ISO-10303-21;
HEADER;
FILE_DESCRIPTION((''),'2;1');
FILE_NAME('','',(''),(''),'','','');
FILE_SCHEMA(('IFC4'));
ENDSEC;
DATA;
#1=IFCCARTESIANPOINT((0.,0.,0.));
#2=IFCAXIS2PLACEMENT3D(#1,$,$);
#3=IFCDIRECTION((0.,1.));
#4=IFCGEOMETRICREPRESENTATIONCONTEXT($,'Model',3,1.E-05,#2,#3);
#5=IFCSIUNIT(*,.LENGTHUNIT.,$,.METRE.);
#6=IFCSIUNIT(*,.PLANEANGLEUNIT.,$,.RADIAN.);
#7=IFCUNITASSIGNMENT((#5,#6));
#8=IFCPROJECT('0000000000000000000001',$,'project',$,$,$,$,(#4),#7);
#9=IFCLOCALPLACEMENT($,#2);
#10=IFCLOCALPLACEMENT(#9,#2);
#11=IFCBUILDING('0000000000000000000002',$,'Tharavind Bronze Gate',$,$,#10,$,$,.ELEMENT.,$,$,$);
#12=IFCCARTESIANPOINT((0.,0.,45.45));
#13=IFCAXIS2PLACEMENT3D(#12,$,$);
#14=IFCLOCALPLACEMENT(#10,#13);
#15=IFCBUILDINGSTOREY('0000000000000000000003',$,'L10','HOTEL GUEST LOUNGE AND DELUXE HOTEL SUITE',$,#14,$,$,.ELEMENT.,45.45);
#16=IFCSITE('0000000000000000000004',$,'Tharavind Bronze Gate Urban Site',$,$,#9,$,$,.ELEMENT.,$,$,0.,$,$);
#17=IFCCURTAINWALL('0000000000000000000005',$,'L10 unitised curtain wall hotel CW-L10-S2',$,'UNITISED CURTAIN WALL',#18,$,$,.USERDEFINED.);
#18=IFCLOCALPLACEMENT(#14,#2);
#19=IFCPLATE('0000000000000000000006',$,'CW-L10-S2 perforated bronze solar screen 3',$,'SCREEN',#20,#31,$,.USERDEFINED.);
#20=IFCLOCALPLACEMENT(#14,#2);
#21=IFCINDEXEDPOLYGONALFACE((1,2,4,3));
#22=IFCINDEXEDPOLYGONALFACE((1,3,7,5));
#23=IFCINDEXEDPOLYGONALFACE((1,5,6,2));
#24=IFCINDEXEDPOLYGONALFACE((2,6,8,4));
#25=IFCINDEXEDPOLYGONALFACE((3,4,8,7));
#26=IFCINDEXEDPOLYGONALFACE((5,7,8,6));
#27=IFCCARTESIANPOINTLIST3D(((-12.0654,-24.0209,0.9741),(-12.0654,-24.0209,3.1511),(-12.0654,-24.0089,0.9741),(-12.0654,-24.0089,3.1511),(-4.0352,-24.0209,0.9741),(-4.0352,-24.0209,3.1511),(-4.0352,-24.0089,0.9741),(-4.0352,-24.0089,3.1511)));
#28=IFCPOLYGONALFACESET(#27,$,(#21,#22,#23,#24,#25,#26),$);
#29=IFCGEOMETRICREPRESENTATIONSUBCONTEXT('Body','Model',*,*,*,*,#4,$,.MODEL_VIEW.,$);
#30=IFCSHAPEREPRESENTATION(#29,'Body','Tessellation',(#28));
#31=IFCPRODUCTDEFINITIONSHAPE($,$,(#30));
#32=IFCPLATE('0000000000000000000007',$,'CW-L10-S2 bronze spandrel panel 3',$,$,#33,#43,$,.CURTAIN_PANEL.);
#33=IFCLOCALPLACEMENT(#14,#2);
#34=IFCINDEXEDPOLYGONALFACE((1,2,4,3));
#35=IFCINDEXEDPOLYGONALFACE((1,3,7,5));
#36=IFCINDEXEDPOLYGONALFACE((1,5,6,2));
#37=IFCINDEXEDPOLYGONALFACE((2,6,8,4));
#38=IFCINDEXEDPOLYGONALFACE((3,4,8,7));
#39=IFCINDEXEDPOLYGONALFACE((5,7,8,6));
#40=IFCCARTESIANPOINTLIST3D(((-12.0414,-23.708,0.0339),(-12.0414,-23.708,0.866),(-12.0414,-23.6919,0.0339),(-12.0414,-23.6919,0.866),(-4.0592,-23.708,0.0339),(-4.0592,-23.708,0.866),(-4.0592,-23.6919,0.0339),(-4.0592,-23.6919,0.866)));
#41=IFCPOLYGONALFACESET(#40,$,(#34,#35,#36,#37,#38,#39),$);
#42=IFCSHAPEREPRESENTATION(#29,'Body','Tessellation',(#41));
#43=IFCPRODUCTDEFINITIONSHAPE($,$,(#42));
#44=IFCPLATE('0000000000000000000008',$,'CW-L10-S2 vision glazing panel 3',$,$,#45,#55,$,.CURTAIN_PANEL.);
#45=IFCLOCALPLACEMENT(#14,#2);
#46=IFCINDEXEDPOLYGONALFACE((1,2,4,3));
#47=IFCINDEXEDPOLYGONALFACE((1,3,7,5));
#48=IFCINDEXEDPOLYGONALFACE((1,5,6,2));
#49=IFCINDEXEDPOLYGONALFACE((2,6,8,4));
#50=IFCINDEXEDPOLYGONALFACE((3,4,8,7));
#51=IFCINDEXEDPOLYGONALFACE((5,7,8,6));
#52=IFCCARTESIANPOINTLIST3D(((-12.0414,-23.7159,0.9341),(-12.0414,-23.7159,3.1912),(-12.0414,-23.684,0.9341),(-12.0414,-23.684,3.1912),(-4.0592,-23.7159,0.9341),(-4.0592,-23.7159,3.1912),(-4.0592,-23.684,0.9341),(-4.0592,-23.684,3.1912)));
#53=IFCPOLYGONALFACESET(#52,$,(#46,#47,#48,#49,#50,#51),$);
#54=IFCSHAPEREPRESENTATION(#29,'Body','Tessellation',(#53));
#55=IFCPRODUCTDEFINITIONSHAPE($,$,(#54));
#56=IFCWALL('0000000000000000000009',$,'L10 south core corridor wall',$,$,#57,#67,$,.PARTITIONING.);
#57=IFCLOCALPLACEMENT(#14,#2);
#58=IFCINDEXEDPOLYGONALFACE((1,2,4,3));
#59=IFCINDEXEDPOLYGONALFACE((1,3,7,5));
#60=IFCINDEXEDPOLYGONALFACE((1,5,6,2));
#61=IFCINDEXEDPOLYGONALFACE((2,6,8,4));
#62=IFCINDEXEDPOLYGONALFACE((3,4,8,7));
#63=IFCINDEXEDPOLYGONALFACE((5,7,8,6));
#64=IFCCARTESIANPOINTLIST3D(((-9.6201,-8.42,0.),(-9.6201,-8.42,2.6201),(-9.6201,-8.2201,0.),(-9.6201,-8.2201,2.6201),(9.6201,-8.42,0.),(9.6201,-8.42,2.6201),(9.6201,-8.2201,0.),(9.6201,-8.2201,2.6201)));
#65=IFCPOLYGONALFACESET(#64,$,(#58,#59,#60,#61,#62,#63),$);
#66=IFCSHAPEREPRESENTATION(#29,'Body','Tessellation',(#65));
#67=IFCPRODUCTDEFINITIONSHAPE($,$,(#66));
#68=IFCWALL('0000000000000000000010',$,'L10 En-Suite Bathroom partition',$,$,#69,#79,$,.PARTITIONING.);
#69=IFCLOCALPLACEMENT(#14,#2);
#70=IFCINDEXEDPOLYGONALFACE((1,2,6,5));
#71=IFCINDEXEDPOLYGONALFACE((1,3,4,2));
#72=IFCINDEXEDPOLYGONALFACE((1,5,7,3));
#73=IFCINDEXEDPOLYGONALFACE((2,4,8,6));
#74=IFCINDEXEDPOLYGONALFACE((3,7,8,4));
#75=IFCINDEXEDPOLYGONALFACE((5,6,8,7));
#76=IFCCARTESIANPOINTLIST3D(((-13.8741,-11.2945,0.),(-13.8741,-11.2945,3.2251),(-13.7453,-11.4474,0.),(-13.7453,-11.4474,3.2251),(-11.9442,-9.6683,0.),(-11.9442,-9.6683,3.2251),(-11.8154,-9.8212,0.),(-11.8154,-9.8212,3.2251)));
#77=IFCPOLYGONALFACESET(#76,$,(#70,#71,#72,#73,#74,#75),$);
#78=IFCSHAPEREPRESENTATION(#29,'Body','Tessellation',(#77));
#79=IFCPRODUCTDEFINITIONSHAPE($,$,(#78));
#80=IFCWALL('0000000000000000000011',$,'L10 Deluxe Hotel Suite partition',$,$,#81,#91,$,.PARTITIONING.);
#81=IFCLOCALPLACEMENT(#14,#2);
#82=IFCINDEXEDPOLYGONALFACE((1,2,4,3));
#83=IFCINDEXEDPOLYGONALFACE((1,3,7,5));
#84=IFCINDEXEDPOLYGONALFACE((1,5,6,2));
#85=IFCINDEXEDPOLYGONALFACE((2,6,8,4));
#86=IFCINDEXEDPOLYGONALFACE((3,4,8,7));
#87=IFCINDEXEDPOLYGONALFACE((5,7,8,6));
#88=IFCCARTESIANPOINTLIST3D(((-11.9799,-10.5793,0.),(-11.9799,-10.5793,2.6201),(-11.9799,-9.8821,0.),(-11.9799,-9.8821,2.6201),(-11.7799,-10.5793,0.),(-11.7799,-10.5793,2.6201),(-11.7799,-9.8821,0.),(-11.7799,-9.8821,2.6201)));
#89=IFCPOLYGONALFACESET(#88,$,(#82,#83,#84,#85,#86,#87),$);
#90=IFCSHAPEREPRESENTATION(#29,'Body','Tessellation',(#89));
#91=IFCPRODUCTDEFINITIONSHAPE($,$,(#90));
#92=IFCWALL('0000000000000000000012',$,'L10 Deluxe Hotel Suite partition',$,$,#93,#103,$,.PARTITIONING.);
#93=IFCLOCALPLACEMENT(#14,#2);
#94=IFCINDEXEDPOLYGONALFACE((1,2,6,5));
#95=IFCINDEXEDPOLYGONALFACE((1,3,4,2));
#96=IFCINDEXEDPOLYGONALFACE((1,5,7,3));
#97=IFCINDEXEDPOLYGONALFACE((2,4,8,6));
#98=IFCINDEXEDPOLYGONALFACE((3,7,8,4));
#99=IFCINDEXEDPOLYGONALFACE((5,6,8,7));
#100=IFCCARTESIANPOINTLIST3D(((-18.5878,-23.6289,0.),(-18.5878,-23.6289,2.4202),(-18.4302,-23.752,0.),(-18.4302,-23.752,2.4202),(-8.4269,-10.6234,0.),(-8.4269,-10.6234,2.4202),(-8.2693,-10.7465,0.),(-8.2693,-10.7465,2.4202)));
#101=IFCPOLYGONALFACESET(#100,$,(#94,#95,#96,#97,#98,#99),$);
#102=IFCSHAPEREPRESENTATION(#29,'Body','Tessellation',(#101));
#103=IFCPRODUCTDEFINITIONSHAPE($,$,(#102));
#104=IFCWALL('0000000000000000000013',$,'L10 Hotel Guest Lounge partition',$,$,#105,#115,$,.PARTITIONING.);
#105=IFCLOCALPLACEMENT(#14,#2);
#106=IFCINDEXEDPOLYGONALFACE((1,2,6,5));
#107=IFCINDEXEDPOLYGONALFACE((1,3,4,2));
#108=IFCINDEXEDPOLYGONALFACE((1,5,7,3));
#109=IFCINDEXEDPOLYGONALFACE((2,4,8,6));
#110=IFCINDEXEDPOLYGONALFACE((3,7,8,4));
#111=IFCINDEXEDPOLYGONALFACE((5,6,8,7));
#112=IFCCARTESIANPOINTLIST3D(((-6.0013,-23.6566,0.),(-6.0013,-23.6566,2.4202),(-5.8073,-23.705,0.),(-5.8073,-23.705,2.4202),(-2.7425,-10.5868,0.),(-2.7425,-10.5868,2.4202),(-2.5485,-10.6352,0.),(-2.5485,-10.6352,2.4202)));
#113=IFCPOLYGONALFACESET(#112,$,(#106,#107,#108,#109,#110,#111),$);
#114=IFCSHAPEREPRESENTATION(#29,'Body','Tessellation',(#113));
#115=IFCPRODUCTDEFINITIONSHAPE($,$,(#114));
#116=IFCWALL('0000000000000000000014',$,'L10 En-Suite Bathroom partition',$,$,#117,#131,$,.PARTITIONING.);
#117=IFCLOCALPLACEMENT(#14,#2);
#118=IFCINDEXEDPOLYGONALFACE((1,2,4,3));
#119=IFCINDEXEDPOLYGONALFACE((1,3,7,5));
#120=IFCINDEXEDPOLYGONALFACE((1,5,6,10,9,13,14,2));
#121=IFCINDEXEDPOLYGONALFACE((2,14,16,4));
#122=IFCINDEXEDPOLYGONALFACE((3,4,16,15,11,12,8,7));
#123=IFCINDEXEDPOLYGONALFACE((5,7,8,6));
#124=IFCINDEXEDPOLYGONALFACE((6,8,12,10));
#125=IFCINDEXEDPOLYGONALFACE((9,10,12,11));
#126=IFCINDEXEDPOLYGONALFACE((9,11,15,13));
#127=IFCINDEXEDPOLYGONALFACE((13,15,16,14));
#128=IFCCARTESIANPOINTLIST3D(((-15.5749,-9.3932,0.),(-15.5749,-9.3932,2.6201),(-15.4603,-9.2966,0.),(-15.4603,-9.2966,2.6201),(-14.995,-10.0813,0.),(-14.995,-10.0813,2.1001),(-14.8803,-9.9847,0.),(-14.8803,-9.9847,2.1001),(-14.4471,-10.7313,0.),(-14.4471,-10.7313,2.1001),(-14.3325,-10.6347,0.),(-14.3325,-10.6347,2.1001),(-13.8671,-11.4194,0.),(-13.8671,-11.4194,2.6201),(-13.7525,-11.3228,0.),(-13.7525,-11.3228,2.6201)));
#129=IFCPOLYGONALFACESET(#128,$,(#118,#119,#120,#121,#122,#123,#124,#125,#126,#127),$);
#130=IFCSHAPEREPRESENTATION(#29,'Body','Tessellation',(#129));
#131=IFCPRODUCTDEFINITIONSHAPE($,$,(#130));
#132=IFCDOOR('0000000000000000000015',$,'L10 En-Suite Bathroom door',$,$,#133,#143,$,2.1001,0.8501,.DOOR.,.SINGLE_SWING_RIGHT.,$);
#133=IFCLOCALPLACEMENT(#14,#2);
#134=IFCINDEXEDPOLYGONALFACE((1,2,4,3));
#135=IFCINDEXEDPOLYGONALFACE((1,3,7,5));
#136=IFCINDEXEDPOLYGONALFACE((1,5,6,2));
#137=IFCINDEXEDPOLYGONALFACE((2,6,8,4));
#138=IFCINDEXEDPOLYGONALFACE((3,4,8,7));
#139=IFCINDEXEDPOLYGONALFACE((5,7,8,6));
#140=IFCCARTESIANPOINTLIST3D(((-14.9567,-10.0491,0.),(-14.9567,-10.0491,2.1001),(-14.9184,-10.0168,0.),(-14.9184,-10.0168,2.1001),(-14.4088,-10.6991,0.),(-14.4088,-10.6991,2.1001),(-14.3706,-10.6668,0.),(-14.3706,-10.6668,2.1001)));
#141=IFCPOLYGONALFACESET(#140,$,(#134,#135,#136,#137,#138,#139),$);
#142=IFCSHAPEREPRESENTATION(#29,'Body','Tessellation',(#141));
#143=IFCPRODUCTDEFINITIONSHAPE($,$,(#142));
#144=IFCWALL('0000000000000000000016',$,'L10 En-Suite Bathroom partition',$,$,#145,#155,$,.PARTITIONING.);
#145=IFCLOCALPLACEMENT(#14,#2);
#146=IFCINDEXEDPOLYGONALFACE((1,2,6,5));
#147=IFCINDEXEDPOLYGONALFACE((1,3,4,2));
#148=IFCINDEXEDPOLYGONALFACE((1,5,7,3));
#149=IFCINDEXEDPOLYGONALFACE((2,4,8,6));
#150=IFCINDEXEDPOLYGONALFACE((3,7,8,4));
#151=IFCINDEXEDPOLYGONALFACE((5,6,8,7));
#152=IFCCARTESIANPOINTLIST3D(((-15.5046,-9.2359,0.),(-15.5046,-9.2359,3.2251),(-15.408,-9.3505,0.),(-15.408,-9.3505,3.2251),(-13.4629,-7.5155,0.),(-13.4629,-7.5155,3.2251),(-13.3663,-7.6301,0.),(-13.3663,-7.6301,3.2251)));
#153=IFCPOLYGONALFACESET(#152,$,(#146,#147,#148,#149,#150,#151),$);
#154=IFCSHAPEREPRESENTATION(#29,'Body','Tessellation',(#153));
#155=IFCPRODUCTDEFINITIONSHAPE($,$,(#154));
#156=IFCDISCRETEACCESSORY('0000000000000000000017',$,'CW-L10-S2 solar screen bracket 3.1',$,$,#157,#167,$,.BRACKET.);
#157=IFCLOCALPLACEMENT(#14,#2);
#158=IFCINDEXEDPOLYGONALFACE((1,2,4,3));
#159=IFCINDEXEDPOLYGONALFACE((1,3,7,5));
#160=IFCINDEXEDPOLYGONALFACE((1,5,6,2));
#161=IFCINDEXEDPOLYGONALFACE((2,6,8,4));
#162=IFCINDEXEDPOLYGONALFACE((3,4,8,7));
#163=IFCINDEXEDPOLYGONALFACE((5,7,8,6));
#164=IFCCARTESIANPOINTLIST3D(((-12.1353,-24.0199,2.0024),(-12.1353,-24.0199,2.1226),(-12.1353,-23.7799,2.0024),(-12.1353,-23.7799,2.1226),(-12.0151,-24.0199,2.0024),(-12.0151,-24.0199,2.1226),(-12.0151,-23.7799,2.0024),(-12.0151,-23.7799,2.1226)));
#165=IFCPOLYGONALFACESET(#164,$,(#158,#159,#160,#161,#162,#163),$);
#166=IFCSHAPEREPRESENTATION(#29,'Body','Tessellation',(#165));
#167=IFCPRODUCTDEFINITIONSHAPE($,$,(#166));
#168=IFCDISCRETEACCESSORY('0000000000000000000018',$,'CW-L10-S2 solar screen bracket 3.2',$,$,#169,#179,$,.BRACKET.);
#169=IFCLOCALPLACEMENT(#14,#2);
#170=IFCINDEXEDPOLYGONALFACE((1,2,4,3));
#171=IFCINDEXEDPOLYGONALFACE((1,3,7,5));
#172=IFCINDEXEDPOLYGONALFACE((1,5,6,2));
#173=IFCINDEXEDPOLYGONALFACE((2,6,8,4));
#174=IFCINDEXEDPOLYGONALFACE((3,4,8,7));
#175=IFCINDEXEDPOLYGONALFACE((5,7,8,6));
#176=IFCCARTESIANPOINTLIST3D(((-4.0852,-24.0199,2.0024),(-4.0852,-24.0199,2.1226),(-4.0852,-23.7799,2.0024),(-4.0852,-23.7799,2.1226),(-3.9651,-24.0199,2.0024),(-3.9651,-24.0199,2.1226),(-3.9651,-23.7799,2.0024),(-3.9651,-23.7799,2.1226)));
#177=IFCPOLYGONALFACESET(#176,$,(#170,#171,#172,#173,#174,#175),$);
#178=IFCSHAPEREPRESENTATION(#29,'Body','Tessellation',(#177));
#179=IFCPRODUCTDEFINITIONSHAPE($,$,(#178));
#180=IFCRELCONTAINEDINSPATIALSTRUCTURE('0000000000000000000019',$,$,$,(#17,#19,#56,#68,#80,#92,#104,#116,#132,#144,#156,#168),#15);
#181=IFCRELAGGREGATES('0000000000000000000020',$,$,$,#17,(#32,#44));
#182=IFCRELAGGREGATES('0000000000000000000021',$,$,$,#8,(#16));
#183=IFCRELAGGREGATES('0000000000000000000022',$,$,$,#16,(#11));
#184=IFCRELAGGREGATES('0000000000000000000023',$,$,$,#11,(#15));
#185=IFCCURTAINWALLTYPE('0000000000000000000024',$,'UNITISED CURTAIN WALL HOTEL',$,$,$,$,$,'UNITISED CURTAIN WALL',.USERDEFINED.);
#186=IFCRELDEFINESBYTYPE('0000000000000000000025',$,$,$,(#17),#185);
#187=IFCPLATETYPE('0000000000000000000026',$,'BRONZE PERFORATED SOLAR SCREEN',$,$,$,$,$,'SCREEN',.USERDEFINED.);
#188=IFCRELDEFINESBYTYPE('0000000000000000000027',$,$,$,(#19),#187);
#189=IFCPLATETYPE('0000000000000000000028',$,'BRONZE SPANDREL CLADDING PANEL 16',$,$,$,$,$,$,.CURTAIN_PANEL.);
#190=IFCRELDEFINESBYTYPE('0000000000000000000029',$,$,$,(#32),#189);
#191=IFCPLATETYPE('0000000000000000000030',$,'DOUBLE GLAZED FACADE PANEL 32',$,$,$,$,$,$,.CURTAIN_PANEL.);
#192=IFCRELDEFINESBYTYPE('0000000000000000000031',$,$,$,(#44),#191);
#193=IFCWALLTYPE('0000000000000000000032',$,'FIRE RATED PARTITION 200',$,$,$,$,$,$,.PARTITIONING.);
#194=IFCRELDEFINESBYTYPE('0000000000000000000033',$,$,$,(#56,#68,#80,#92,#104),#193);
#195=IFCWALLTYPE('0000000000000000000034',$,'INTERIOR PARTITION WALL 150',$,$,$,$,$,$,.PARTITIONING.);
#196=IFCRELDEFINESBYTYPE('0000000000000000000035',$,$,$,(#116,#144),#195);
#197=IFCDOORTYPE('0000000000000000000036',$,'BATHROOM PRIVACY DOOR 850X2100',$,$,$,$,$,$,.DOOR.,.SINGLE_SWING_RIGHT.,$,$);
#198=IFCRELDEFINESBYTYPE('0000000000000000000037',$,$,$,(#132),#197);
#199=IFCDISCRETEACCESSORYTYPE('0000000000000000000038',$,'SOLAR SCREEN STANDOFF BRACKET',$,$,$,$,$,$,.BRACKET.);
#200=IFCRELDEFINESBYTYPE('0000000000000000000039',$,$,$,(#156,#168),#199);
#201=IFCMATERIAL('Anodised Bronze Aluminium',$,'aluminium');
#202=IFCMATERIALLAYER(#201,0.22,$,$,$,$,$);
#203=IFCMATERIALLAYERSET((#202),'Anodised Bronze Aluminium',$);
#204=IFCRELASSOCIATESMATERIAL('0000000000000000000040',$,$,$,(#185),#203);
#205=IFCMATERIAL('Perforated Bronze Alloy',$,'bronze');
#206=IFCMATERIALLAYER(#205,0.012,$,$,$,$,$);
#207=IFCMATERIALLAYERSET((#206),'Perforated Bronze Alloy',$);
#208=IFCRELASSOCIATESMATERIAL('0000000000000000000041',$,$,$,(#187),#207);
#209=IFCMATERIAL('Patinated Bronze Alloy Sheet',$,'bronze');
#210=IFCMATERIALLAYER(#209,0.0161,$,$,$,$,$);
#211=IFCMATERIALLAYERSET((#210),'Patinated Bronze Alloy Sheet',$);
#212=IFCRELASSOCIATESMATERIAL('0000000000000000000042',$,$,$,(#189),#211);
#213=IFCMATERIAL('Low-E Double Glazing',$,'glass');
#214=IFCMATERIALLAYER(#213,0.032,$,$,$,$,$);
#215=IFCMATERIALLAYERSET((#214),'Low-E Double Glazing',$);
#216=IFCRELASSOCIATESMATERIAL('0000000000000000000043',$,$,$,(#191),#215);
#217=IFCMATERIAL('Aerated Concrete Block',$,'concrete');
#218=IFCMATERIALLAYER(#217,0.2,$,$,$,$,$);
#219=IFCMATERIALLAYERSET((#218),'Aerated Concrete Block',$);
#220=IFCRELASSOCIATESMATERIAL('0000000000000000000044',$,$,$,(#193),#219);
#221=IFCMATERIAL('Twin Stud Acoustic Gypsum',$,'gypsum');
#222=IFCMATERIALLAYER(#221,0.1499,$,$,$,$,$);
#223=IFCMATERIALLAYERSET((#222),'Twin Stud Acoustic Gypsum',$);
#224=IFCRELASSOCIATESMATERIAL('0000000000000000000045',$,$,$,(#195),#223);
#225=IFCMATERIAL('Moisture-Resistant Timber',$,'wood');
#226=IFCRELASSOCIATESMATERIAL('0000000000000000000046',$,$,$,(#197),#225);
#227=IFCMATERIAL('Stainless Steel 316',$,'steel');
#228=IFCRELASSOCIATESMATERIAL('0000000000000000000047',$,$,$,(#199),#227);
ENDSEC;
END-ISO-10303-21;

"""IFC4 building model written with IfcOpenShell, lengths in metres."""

from ifc_helpers import new_model, si_unit, direction, frame, frame_2d, origin, origin_2d, place, context, subcontext, project, spatial, rectangle, extrude, material, layer, layer_set, type_object, element, fill, aggregate, save


model = new_model("IFC4")

# Units and contexts
model_context = context("Model", 3, precision=1e-05, world=origin(), true_north=direction((0.0, 1.0)))
body_context = subcontext(model_context, "Body", "Model", "MODEL_VIEW")
ifc_project = project(units=[si_unit("LENGTHUNIT", "METRE"), si_unit("PLANEANGLEUNIT", "RADIAN")], contexts=[model_context])

# Site, building, storey
site_placement = place(None, origin())
site = spatial("IfcSite", under=ifc_project, at=site_placement, Name="Tharavind Bronze Gate Urban Site", CompositionType="ELEMENT", RefElevation=0.0)
building_placement = place(site_placement, origin())
building = spatial("IfcBuilding", under=site, at=building_placement, Name="Tharavind Bronze Gate", CompositionType="ELEMENT")
storey_placement = place(building_placement, frame((0.0, 0.0, 45.45)))
storey = spatial("IfcBuildingStorey", under=building, at=storey_placement, Name="L10", Description="HOTEL GUEST LOUNGE AND DELUXE HOTEL SUITE", CompositionType="ELEMENT", Elevation=45.45)

# Curtain wall
ifc_material_1 = material(Name="Anodised Bronze Aluminium", Category="aluminium")
ifc_layer_1 = layer(ifc_material_1, 0.22)
ifc_layer_set_1 = layer_set([ifc_layer_1], Name="Anodised Bronze Aluminium")
curtain_wall_type = type_object("IfcCurtainWallType", Name="UNITISED CURTAIN WALL HOTEL", ElementType="UNITISED CURTAIN WALL", PredefinedType="USERDEFINED", material=ifc_layer_set_1)
curtain_wall_placement = place(storey_placement, origin())
curtain_wall = element("IfcCurtainWall", 1, at=curtain_wall_placement, inside=storey, type_object=curtain_wall_type, Name="L10 unitised curtain wall hotel CW-L10-S2", ObjectType="UNITISED CURTAIN WALL", PredefinedType="USERDEFINED")

# Plates
ifc_material_2 = material(Name="Perforated Bronze Alloy", Category="bronze")
ifc_layer_2 = layer(ifc_material_2, 0.012)
ifc_layer_set_2 = layer_set([ifc_layer_2], Name="Perforated Bronze Alloy")
plate_type_1 = type_object("IfcPlateType", Name="BRONZE PERFORATED SOLAR SCREEN", ElementType="SCREEN", PredefinedType="USERDEFINED", material=ifc_layer_set_2)
plate_1_placement = place(storey_placement, frame((-8.0503, -24.0149, 0.9741), z_axis=(0.0, 0.0, 1.0), x_axis=(1.0, 0.0, 0.0)))
element("IfcPlate", 2, at=plate_1_placement, inside=storey, type_object=plate_type_1, Name="CW-L10-S2 perforated bronze solar screen 3", ObjectType="SCREEN", PredefinedType="USERDEFINED", context=body_context, shape_type="SweptSolid", body=[
    extrude(rectangle(XDim=8.0303, YDim=0.012, at=origin_2d()), origin(), (0.0, 0.0, 1.0), 2.177),
])
ifc_material_3 = material(Name="Patinated Bronze Alloy Sheet", Category="bronze")
ifc_layer_3 = layer(ifc_material_3, 0.0161)
ifc_layer_set_3 = layer_set([ifc_layer_3], Name="Patinated Bronze Alloy Sheet")
plate_type_2 = type_object("IfcPlateType", Name="BRONZE SPANDREL CLADDING PANEL 16", PredefinedType="CURTAIN_PANEL", material=ifc_layer_set_3)
plate_2_placement = place(storey_placement, frame((-8.0503, -23.7, 0.0339), z_axis=(0.0, 0.0, 1.0), x_axis=(1.0, 0.0, 0.0)))
plate_2 = element("IfcPlate", 3, at=plate_2_placement, type_object=plate_type_2, Name="CW-L10-S2 bronze spandrel panel 3", PredefinedType="CURTAIN_PANEL", context=body_context, shape_type="SweptSolid", body=[
    extrude(rectangle(XDim=7.9822, YDim=0.0161, at=origin_2d()), origin(), (0.0, 0.0, 1.0), 0.832),
])
ifc_material_4 = material(Name="Low-E Double Glazing", Category="glass")
ifc_layer_4 = layer(ifc_material_4, 0.032)
ifc_layer_set_4 = layer_set([ifc_layer_4], Name="Low-E Double Glazing")
plate_type_3 = type_object("IfcPlateType", Name="DOUBLE GLAZED FACADE PANEL 32", PredefinedType="CURTAIN_PANEL", material=ifc_layer_set_4)
plate_3_placement = place(storey_placement, frame((-8.0503, -23.7, 0.9341), z_axis=(0.0, 0.0, 1.0), x_axis=(1.0, 0.0, 0.0)))
plate_3 = element("IfcPlate", 4, at=plate_3_placement, type_object=plate_type_3, Name="CW-L10-S2 vision glazing panel 3", PredefinedType="CURTAIN_PANEL", context=body_context, shape_type="SweptSolid", body=[
    extrude(rectangle(XDim=7.9822, YDim=0.032, at=origin_2d()), origin(), (0.0, 0.0, 1.0), 2.2571),
])
aggregate(curtain_wall, [plate_2, plate_3])

# Walls
ifc_material_5 = material(Name="Aerated Concrete Block", Category="concrete")
ifc_layer_5 = layer(ifc_material_5, 0.2)
ifc_layer_set_5 = layer_set([ifc_layer_5], Name="Aerated Concrete Block")
wall_type_1 = type_object("IfcWallType", Name="FIRE RATED PARTITION 200", PredefinedType="PARTITIONING", material=ifc_layer_set_5)
wall_1_placement = place(storey_placement, frame((-9.6201, -8.3201, 0.0), z_axis=(0.0, 0.0, 1.0), x_axis=(1.0, 0.0, 0.0)))
element("IfcWall", 5, at=wall_1_placement, inside=storey, type_object=wall_type_1, Name="L10 south core corridor wall", PredefinedType="PARTITIONING", context=body_context, shape_type="SweptSolid", body=[
    extrude(rectangle(XDim=19.2402, YDim=0.2, at=frame_2d((9.6201, 0.0))), origin(), (0.0, 0.0, 1.0), 2.6201),
])
wall_2_placement = place(storey_placement, frame((-11.8799, -9.7449, 0.0), z_axis=(0.0, 0.0, 1.0), x_axis=(-0.764713, -0.644371, 0.0)))
element("IfcWall", 6, at=wall_2_placement, inside=storey, type_object=wall_type_1, Name="L10 En-Suite Bathroom partition", PredefinedType="PARTITIONING", context=body_context, shape_type="SweptSolid", body=[
    extrude(rectangle(XDim=2.5237, YDim=0.2, at=frame_2d((1.2617, 0.0))), origin(), (0.0, 0.0, 1.0), 3.2251),
])
wall_3_placement = place(storey_placement, frame((-11.8799, -9.8821, 0.0), z_axis=(0.0, 0.0, 1.0), x_axis=(0.0, -1.0, 0.0)))
element("IfcWall", 7, at=wall_3_placement, inside=storey, type_object=wall_type_1, Name="L10 Deluxe Hotel Suite partition", PredefinedType="PARTITIONING", context=body_context, shape_type="SweptSolid", body=[
    extrude(rectangle(XDim=0.6973, YDim=0.2, at=frame_2d((0.3486, 0.0))), origin(), (0.0, 0.0, 1.0), 2.6201),
])

# Wall
wall_4_placement = place(storey_placement, frame((-8.3481, -10.6851, 0.0), z_axis=(0.0, 0.0, 1.0), x_axis=(-0.615661, -0.788011, 0.0)))
element("IfcWall", 8, at=wall_4_placement, inside=storey, type_object=wall_type_1, Name="L10 Deluxe Hotel Suite partition", PredefinedType="PARTITIONING", context=body_context, shape_type="SweptSolid", body=[
    extrude(rectangle(XDim=16.5042, YDim=0.2, at=frame_2d((8.252, 0.0))), origin(), (0.0, 0.0, 1.0), 2.4202),
])

# Wall
wall_5_placement = place(storey_placement, frame((-2.6455, -10.6111, 0.0), z_axis=(0.0, 0.0, 1.0), x_axis=(-0.24193, -0.970294, 0.0)))
element("IfcWall", 9, at=wall_5_placement, inside=storey, type_object=wall_type_1, Name="L10 Hotel Guest Lounge partition", PredefinedType="PARTITIONING", context=body_context, shape_type="SweptSolid", body=[
    extrude(rectangle(XDim=13.47, YDim=0.2, at=frame_2d((6.7349, 0.0))), origin(), (0.0, 0.0, 1.0), 2.4202),
])

# Wall, opening, door
ifc_material_6 = material(Name="Twin Stud Acoustic Gypsum", Category="gypsum")
ifc_layer_6 = layer(ifc_material_6, 0.1499)
ifc_layer_set_6 = layer_set([ifc_layer_6], Name="Twin Stud Acoustic Gypsum")
wall_type_2 = type_object("IfcWallType", Name="INTERIOR PARTITION WALL 150", PredefinedType="PARTITIONING", material=ifc_layer_set_6)
wall_6_placement = place(storey_placement, frame((-13.8098, -11.3711, 0.0), z_axis=(0.0, 0.0, 1.0), x_axis=(-0.644479, 0.764622, 0.0)))
wall_6 = element("IfcWall", 10, at=wall_6_placement, inside=storey, type_object=wall_type_2, Name="L10 En-Suite Bathroom partition", PredefinedType="PARTITIONING", context=body_context, shape_type="SweptSolid", body=[
    extrude(rectangle(XDim=2.6499, YDim=0.1499, at=frame_2d((1.325, 0.0))), origin(), (0.0, 0.0, 1.0), 2.6201),
])
opening_1_placement = place(wall_6_placement, frame((0.8999, 0.0, 0.0)))
opening_1 = element("IfcOpeningElement", 11, at=opening_1_placement, cuts=wall_6, PredefinedType="OPENING", context=body_context, shape_type="SweptSolid", body=[
    extrude(rectangle(XDim=0.8501, YDim=2.1001, at=frame_2d((0.425, 1.05))), frame((0.0, 0.085, 0.0), z_axis=(0.0, -1.0, 0.0), x_axis=(1.0, 0.0, 0.0)), (0.0, 0.0, 1.0), 0.1699),
])
ifc_material_7 = material(Name="Moisture-Resistant Timber", Category="wood")
door_type_1 = type_object("IfcDoorType", Name="BATHROOM PRIVACY DOOR 850X2100", OperationType="SINGLE_SWING_RIGHT", PredefinedType="DOOR", material=ifc_material_7)
door_1_placement = place(opening_1_placement, origin())
door_1 = element("IfcDoor", 12, at=door_1_placement, inside=storey, type_object=door_type_1, Name="L10 En-Suite Bathroom door", OperationType="SINGLE_SWING_RIGHT", OverallHeight=2.1001, OverallWidth=0.8501, PredefinedType="DOOR", context=body_context, shape_type="SweptSolid", body=[
    extrude(rectangle(XDim=0.8501, YDim=2.1001, at=frame_2d((0.425, 1.05))), frame((0.0, 0.0249, 0.0), z_axis=(0.0, -1.0, 0.0), x_axis=(1.0, 0.0, 0.0)), (0.0, 0.0, 1.0), 0.05),
])
fill(opening_1, door_1)

# Wall
wall_7_placement = place(storey_placement, frame((-15.4563, -9.2932, 0.0), z_axis=(0.0, 0.0, 1.0), x_axis=(0.76471, 0.644375, 0.0)))
element("IfcWall", 13, at=wall_7_placement, inside=storey, type_object=wall_type_2, Name="L10 En-Suite Bathroom partition", PredefinedType="PARTITIONING", context=body_context, shape_type="SweptSolid", body=[
    extrude(rectangle(XDim=2.6699, YDim=0.1499, at=frame_2d((1.335, 0.0))), origin(), (0.0, 0.0, 1.0), 3.2251),
])

# Discrete accessories
ifc_material_8 = material(Name="Stainless Steel 316", Category="steel")
discrete_accessory_type = type_object("IfcDiscreteAccessoryType", Name="SOLAR SCREEN STANDOFF BRACKET", PredefinedType="BRACKET", material=ifc_material_8)
for number, where, z_axis, x_axis, name in (
    (14, (-12.0752, -23.8999, 2.0024), (0.0, 0.0, 1.0), (1.0, 0.0, 0.0), "CW-L10-S2 solar screen bracket 3.1"),
    (15, (-4.0251, -23.8999, 2.0024), (0.0, 0.0, 1.0), (1.0, 0.0, 0.0), "CW-L10-S2 solar screen bracket 3.2"),
):
    element("IfcDiscreteAccessory", number, at=place(storey_placement, frame(where, z_axis=z_axis, x_axis=x_axis)), inside=storey, type_object=discrete_accessory_type, Name=name, PredefinedType="BRACKET", context=body_context, shape_type="SweptSolid", body=[
        extrude(rectangle(XDim=0.1201, YDim=0.24, at=origin_2d()), origin(), (0.0, 0.0, 1.0), 0.1201),
    ])

save(model, "model.ifc")
